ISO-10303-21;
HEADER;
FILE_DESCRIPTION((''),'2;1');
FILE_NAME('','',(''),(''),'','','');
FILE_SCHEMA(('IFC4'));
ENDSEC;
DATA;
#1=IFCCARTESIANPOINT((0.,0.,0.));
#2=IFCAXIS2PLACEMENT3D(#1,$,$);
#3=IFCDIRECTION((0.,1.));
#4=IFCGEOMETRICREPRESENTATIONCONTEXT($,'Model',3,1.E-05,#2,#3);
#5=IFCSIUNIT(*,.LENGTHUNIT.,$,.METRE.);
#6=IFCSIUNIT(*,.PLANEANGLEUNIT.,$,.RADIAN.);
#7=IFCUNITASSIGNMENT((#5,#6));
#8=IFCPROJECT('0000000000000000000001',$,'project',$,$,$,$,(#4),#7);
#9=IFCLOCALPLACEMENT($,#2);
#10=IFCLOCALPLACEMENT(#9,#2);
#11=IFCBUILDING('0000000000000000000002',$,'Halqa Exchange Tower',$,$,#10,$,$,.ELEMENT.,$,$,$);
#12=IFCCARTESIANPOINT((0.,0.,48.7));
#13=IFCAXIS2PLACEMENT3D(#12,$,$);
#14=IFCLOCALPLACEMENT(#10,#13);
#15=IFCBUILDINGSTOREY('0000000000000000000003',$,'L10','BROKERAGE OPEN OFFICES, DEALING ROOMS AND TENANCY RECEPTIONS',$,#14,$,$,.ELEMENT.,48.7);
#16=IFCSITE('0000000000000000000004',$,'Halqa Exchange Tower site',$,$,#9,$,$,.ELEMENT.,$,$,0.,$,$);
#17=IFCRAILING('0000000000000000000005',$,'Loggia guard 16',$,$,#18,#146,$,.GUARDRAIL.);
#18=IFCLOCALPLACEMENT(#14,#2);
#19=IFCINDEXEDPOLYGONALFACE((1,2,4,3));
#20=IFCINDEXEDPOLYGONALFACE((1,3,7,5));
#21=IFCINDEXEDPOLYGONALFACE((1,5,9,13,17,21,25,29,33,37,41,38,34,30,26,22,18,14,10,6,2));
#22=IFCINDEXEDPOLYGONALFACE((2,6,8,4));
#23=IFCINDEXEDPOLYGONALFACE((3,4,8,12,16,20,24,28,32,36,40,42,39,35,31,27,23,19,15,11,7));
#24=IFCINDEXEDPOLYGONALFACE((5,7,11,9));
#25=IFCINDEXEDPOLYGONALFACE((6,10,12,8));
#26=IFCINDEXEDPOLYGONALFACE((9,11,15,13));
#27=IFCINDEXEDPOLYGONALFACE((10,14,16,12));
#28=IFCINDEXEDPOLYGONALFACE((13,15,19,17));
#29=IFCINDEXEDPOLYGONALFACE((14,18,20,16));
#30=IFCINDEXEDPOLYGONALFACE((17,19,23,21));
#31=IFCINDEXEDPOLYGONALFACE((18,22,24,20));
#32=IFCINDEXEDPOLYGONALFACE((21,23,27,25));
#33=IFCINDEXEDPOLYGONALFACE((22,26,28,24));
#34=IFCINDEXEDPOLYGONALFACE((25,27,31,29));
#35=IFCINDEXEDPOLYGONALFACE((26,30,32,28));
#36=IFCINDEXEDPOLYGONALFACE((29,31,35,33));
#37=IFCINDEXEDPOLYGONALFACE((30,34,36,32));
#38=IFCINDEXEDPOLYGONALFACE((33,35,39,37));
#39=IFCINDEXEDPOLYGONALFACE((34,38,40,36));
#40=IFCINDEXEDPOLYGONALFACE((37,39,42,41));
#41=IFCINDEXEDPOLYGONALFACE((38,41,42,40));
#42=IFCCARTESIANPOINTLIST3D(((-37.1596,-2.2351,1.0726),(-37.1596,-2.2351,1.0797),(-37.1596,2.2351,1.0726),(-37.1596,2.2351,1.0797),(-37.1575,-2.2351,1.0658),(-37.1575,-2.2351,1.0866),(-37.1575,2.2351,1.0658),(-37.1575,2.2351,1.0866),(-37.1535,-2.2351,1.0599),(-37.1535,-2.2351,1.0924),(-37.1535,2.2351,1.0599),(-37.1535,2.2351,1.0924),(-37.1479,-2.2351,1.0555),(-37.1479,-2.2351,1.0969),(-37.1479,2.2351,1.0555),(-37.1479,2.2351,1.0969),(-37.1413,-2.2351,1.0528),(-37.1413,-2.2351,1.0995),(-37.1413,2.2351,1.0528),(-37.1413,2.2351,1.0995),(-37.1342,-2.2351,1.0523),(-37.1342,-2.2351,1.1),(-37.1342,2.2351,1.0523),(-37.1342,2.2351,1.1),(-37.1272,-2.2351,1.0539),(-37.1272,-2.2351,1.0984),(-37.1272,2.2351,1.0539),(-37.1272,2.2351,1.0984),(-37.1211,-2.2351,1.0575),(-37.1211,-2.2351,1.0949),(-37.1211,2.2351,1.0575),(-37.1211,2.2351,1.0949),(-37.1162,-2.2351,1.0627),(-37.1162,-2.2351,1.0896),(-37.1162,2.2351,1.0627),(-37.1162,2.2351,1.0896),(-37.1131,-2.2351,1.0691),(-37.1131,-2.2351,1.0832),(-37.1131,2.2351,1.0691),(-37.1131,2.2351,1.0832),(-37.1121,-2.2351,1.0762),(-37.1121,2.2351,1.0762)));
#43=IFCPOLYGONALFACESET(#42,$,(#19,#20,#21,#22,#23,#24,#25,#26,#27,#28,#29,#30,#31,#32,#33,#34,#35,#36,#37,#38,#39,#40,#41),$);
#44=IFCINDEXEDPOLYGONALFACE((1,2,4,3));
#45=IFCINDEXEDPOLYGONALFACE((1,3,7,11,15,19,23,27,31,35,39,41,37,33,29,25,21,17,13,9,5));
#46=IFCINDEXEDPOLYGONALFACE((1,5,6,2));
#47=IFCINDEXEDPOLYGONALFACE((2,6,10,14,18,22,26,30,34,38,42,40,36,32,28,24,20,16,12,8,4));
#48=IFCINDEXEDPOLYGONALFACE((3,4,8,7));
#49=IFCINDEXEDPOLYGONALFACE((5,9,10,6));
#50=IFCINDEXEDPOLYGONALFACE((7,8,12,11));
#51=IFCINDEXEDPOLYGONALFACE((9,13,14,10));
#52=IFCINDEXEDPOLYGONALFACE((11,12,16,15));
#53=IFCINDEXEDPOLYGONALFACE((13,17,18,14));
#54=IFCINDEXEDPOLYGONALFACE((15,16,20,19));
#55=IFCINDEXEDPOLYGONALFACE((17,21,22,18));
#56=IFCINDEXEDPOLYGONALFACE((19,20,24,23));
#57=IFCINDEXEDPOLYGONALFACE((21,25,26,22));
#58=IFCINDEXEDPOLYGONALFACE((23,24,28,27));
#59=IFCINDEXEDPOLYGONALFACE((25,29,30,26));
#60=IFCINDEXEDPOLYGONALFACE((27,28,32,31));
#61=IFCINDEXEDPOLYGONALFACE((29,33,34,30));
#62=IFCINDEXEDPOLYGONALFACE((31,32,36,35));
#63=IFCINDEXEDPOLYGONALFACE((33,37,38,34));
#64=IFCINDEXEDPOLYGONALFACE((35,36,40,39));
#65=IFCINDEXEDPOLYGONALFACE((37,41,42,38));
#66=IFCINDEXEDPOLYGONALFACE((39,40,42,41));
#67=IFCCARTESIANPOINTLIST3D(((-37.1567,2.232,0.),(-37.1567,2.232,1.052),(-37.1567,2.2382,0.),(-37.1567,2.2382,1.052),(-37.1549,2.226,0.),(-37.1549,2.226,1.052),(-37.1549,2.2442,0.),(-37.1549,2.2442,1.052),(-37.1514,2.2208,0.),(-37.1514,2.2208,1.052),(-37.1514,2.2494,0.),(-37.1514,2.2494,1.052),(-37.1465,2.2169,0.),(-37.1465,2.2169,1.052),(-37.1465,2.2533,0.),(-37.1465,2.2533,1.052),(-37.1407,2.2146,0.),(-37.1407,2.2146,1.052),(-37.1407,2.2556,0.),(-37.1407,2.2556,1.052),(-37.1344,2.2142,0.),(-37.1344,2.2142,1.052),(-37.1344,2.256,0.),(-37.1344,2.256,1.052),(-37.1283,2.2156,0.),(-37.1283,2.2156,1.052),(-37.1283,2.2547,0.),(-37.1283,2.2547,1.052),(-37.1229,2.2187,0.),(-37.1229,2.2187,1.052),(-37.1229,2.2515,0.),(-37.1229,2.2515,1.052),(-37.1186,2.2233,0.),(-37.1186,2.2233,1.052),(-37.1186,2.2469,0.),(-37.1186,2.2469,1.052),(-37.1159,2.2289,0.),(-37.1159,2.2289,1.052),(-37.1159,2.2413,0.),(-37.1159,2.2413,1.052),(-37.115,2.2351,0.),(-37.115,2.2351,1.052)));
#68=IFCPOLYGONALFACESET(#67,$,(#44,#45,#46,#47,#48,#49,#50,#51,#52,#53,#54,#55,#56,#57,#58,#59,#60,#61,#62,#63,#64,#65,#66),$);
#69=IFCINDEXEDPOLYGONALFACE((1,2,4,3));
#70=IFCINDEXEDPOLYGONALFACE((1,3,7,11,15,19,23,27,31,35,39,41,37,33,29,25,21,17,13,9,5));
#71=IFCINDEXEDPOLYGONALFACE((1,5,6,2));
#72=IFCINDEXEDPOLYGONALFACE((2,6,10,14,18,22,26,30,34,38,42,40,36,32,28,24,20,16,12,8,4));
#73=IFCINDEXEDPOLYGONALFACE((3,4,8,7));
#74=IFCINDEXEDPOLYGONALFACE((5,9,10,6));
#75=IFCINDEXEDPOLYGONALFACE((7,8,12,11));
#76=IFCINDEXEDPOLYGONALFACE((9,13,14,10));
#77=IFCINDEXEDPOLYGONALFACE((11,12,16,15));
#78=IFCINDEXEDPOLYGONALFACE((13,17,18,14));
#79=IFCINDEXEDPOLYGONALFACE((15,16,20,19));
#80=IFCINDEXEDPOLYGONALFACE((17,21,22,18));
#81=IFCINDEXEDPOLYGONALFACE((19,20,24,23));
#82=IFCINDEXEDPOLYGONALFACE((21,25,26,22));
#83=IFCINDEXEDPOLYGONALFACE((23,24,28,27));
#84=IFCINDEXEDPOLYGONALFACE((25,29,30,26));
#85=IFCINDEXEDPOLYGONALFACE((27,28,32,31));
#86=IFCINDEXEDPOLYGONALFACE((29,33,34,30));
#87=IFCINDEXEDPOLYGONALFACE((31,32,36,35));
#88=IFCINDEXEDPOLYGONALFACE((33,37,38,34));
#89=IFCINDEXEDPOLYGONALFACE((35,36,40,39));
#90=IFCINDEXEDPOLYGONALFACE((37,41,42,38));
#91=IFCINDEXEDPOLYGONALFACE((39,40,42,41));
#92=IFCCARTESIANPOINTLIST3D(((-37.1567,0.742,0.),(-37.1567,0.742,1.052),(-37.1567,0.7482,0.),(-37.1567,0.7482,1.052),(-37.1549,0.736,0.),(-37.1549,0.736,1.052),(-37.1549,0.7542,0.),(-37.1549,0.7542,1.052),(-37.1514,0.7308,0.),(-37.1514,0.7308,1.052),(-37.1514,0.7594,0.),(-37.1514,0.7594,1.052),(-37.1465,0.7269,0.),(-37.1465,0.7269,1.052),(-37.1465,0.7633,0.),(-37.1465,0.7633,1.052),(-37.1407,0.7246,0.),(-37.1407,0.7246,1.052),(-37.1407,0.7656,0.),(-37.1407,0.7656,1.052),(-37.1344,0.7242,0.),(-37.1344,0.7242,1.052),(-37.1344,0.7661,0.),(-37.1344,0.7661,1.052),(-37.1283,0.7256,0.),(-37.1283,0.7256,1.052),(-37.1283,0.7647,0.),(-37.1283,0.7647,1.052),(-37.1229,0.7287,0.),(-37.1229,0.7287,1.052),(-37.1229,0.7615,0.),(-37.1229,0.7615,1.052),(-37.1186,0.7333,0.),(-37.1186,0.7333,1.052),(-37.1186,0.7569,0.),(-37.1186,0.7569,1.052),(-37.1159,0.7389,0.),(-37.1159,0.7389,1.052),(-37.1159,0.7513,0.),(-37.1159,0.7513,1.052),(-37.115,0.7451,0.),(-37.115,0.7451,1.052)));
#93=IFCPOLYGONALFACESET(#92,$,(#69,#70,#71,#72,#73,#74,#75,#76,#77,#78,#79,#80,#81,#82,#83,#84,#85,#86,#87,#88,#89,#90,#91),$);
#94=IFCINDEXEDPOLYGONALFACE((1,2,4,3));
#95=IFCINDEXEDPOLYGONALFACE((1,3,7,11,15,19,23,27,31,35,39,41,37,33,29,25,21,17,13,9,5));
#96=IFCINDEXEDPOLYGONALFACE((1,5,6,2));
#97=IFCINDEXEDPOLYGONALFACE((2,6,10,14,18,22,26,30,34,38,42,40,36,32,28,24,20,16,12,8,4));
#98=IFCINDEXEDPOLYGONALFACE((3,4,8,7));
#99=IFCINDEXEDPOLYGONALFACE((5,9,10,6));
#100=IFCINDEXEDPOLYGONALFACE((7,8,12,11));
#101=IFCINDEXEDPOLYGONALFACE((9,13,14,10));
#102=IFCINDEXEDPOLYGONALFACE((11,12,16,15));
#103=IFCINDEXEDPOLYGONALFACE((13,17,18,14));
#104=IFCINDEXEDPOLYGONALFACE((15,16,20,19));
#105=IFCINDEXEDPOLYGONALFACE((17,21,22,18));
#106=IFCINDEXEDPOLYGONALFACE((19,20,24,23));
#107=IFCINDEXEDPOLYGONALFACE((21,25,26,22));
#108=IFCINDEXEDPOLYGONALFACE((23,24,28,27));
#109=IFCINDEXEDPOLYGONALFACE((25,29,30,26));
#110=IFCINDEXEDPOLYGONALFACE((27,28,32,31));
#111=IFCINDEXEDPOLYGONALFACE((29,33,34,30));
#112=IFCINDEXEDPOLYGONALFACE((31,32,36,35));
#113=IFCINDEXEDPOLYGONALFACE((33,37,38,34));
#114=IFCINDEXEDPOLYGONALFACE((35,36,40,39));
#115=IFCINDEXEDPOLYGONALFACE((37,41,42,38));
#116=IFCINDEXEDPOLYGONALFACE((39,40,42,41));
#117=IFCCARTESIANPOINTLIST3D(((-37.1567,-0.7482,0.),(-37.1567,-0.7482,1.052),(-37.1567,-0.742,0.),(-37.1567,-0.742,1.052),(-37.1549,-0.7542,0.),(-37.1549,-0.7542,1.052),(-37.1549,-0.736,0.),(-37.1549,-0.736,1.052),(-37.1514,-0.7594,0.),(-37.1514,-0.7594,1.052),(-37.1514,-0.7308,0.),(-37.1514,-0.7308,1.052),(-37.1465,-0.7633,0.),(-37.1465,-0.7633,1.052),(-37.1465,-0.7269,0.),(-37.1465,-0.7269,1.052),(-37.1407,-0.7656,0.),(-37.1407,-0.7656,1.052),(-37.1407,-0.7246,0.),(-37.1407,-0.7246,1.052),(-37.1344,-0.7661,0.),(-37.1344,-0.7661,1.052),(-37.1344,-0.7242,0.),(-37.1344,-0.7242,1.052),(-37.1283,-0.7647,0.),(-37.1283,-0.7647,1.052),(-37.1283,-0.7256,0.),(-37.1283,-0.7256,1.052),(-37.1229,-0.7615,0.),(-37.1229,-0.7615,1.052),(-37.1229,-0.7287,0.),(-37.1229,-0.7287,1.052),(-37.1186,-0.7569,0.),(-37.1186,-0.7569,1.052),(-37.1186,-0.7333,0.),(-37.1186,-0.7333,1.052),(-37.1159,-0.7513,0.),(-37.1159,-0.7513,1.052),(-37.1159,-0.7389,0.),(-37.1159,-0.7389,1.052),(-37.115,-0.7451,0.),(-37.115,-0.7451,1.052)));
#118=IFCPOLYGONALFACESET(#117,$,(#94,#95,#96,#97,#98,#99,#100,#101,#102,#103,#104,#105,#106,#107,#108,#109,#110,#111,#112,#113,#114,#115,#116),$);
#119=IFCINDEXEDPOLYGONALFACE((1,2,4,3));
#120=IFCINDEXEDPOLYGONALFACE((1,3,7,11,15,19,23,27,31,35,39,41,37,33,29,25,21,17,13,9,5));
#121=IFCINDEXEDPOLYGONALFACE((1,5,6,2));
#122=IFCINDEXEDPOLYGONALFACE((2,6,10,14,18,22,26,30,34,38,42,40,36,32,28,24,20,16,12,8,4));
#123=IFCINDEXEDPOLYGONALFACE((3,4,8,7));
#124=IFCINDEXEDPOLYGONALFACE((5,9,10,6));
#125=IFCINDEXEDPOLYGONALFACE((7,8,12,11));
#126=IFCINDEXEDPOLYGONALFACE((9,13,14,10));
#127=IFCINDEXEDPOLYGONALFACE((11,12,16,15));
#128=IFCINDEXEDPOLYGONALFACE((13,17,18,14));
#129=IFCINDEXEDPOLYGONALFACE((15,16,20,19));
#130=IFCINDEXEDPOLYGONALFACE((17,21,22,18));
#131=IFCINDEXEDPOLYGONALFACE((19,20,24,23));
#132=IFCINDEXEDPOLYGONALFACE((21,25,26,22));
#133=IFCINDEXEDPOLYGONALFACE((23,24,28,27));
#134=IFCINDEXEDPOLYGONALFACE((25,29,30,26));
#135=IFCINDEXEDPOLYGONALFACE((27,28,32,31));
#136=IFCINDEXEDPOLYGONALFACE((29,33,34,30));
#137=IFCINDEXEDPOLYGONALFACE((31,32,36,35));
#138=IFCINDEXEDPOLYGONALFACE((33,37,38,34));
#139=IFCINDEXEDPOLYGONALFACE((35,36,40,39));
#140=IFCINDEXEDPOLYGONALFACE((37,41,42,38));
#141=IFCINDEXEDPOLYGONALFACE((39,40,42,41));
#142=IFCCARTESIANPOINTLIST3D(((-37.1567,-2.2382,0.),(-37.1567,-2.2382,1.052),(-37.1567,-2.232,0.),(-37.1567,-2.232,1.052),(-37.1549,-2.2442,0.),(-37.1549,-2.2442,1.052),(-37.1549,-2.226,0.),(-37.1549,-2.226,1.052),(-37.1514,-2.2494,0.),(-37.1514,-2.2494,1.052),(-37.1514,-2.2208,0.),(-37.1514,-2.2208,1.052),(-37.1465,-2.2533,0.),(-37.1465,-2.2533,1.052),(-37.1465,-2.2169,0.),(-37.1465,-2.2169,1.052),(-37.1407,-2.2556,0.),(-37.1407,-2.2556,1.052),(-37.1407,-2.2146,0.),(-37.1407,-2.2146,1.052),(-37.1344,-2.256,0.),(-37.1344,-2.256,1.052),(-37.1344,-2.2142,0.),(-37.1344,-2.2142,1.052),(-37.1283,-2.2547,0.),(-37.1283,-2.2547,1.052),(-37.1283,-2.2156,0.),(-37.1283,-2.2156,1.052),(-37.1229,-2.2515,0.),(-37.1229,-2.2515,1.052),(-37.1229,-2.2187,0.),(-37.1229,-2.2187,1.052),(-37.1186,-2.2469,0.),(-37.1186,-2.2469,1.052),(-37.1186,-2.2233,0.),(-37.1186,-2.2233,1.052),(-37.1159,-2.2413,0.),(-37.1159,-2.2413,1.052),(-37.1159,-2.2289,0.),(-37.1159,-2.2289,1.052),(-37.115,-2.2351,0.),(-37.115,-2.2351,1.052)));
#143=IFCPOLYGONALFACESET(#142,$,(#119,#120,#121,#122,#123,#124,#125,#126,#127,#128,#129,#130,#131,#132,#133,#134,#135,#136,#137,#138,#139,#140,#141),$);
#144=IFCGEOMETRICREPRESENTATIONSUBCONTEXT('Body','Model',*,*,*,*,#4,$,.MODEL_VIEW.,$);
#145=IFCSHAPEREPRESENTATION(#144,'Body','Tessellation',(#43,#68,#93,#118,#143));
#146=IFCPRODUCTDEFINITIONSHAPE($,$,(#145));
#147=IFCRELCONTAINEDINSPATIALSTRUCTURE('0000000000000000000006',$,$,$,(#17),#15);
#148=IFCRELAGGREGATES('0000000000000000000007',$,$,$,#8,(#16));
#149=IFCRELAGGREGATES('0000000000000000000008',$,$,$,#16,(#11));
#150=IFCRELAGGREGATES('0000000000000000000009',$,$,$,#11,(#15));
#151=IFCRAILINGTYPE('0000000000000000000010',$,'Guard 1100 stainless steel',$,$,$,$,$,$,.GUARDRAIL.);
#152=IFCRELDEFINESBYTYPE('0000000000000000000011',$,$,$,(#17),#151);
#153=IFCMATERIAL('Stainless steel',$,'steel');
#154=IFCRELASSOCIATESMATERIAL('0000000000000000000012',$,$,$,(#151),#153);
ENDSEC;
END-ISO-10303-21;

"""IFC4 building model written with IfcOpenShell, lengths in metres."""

from ifc_helpers import new_model, si_unit, direction, frame, origin, origin_2d, place, context, subcontext, project, spatial, circle, extrude, material, type_object, element, save


model = new_model("IFC4")

# Units and contexts
model_context = context("Model", 3, precision=1e-05, world=origin(), true_north=direction((0.0, 1.0)))
body_context = subcontext(model_context, "Body", "Model", "MODEL_VIEW")
ifc_project = project(units=[si_unit("LENGTHUNIT", "METRE"), si_unit("PLANEANGLEUNIT", "RADIAN")], contexts=[model_context])

# Site, building, storey
site_placement = place(None, origin())
site = spatial("IfcSite", under=ifc_project, at=site_placement, Name="Halqa Exchange Tower site", CompositionType="ELEMENT", RefElevation=0.0)
building_placement = place(site_placement, origin())
building = spatial("IfcBuilding", under=site, at=building_placement, Name="Halqa Exchange Tower", CompositionType="ELEMENT")
storey_placement = place(building_placement, frame((0.0, 0.0, 48.7)))
storey = spatial("IfcBuildingStorey", under=building, at=storey_placement, Name="L10", Description="BROKERAGE OPEN OFFICES, DEALING ROOMS AND TENANCY RECEPTIONS", CompositionType="ELEMENT", Elevation=48.7)

# Railing
ifc_material_1 = material(Name="Stainless steel", Category="steel")
railing_type = type_object("IfcRailingType", Name="Guard 1100 stainless steel", PredefinedType="GUARDRAIL", material=ifc_material_1)
railing_1_placement = place(storey_placement, frame((-37.136, 2.2351, 0.0)))
element("IfcRailing", 1, at=railing_1_placement, inside=storey, type_object=railing_type, Name="Loggia guard 16", PredefinedType="GUARDRAIL", context=body_context, shape_type="SweptSolid", body=[
    extrude(circle(Radius=0.0239, at=origin_2d()), frame((0.0, 0.0, 1.0762), z_axis=(0.0, -1.0, 0.0), x_axis=(1.0, 0.0, 0.0)), (0.0, 0.0, 1.0), 4.4702),
    extrude(circle(Radius=0.021, at=origin_2d()), origin(), (0.0, 0.0, 1.0), 1.052),
    extrude(circle(Radius=0.021, at=origin_2d()), frame((0.0, -1.49, 0.0)), (0.0, 0.0, 1.0), 1.052),
    extrude(circle(Radius=0.021, at=origin_2d()), frame((0.0, -2.9802, 0.0)), (0.0, 0.0, 1.0), 1.052),
    extrude(circle(Radius=0.021, at=origin_2d()), frame((0.0, -4.4702, 0.0)), (0.0, 0.0, 1.0), 1.052),
])

save(model, "model.ifc")
